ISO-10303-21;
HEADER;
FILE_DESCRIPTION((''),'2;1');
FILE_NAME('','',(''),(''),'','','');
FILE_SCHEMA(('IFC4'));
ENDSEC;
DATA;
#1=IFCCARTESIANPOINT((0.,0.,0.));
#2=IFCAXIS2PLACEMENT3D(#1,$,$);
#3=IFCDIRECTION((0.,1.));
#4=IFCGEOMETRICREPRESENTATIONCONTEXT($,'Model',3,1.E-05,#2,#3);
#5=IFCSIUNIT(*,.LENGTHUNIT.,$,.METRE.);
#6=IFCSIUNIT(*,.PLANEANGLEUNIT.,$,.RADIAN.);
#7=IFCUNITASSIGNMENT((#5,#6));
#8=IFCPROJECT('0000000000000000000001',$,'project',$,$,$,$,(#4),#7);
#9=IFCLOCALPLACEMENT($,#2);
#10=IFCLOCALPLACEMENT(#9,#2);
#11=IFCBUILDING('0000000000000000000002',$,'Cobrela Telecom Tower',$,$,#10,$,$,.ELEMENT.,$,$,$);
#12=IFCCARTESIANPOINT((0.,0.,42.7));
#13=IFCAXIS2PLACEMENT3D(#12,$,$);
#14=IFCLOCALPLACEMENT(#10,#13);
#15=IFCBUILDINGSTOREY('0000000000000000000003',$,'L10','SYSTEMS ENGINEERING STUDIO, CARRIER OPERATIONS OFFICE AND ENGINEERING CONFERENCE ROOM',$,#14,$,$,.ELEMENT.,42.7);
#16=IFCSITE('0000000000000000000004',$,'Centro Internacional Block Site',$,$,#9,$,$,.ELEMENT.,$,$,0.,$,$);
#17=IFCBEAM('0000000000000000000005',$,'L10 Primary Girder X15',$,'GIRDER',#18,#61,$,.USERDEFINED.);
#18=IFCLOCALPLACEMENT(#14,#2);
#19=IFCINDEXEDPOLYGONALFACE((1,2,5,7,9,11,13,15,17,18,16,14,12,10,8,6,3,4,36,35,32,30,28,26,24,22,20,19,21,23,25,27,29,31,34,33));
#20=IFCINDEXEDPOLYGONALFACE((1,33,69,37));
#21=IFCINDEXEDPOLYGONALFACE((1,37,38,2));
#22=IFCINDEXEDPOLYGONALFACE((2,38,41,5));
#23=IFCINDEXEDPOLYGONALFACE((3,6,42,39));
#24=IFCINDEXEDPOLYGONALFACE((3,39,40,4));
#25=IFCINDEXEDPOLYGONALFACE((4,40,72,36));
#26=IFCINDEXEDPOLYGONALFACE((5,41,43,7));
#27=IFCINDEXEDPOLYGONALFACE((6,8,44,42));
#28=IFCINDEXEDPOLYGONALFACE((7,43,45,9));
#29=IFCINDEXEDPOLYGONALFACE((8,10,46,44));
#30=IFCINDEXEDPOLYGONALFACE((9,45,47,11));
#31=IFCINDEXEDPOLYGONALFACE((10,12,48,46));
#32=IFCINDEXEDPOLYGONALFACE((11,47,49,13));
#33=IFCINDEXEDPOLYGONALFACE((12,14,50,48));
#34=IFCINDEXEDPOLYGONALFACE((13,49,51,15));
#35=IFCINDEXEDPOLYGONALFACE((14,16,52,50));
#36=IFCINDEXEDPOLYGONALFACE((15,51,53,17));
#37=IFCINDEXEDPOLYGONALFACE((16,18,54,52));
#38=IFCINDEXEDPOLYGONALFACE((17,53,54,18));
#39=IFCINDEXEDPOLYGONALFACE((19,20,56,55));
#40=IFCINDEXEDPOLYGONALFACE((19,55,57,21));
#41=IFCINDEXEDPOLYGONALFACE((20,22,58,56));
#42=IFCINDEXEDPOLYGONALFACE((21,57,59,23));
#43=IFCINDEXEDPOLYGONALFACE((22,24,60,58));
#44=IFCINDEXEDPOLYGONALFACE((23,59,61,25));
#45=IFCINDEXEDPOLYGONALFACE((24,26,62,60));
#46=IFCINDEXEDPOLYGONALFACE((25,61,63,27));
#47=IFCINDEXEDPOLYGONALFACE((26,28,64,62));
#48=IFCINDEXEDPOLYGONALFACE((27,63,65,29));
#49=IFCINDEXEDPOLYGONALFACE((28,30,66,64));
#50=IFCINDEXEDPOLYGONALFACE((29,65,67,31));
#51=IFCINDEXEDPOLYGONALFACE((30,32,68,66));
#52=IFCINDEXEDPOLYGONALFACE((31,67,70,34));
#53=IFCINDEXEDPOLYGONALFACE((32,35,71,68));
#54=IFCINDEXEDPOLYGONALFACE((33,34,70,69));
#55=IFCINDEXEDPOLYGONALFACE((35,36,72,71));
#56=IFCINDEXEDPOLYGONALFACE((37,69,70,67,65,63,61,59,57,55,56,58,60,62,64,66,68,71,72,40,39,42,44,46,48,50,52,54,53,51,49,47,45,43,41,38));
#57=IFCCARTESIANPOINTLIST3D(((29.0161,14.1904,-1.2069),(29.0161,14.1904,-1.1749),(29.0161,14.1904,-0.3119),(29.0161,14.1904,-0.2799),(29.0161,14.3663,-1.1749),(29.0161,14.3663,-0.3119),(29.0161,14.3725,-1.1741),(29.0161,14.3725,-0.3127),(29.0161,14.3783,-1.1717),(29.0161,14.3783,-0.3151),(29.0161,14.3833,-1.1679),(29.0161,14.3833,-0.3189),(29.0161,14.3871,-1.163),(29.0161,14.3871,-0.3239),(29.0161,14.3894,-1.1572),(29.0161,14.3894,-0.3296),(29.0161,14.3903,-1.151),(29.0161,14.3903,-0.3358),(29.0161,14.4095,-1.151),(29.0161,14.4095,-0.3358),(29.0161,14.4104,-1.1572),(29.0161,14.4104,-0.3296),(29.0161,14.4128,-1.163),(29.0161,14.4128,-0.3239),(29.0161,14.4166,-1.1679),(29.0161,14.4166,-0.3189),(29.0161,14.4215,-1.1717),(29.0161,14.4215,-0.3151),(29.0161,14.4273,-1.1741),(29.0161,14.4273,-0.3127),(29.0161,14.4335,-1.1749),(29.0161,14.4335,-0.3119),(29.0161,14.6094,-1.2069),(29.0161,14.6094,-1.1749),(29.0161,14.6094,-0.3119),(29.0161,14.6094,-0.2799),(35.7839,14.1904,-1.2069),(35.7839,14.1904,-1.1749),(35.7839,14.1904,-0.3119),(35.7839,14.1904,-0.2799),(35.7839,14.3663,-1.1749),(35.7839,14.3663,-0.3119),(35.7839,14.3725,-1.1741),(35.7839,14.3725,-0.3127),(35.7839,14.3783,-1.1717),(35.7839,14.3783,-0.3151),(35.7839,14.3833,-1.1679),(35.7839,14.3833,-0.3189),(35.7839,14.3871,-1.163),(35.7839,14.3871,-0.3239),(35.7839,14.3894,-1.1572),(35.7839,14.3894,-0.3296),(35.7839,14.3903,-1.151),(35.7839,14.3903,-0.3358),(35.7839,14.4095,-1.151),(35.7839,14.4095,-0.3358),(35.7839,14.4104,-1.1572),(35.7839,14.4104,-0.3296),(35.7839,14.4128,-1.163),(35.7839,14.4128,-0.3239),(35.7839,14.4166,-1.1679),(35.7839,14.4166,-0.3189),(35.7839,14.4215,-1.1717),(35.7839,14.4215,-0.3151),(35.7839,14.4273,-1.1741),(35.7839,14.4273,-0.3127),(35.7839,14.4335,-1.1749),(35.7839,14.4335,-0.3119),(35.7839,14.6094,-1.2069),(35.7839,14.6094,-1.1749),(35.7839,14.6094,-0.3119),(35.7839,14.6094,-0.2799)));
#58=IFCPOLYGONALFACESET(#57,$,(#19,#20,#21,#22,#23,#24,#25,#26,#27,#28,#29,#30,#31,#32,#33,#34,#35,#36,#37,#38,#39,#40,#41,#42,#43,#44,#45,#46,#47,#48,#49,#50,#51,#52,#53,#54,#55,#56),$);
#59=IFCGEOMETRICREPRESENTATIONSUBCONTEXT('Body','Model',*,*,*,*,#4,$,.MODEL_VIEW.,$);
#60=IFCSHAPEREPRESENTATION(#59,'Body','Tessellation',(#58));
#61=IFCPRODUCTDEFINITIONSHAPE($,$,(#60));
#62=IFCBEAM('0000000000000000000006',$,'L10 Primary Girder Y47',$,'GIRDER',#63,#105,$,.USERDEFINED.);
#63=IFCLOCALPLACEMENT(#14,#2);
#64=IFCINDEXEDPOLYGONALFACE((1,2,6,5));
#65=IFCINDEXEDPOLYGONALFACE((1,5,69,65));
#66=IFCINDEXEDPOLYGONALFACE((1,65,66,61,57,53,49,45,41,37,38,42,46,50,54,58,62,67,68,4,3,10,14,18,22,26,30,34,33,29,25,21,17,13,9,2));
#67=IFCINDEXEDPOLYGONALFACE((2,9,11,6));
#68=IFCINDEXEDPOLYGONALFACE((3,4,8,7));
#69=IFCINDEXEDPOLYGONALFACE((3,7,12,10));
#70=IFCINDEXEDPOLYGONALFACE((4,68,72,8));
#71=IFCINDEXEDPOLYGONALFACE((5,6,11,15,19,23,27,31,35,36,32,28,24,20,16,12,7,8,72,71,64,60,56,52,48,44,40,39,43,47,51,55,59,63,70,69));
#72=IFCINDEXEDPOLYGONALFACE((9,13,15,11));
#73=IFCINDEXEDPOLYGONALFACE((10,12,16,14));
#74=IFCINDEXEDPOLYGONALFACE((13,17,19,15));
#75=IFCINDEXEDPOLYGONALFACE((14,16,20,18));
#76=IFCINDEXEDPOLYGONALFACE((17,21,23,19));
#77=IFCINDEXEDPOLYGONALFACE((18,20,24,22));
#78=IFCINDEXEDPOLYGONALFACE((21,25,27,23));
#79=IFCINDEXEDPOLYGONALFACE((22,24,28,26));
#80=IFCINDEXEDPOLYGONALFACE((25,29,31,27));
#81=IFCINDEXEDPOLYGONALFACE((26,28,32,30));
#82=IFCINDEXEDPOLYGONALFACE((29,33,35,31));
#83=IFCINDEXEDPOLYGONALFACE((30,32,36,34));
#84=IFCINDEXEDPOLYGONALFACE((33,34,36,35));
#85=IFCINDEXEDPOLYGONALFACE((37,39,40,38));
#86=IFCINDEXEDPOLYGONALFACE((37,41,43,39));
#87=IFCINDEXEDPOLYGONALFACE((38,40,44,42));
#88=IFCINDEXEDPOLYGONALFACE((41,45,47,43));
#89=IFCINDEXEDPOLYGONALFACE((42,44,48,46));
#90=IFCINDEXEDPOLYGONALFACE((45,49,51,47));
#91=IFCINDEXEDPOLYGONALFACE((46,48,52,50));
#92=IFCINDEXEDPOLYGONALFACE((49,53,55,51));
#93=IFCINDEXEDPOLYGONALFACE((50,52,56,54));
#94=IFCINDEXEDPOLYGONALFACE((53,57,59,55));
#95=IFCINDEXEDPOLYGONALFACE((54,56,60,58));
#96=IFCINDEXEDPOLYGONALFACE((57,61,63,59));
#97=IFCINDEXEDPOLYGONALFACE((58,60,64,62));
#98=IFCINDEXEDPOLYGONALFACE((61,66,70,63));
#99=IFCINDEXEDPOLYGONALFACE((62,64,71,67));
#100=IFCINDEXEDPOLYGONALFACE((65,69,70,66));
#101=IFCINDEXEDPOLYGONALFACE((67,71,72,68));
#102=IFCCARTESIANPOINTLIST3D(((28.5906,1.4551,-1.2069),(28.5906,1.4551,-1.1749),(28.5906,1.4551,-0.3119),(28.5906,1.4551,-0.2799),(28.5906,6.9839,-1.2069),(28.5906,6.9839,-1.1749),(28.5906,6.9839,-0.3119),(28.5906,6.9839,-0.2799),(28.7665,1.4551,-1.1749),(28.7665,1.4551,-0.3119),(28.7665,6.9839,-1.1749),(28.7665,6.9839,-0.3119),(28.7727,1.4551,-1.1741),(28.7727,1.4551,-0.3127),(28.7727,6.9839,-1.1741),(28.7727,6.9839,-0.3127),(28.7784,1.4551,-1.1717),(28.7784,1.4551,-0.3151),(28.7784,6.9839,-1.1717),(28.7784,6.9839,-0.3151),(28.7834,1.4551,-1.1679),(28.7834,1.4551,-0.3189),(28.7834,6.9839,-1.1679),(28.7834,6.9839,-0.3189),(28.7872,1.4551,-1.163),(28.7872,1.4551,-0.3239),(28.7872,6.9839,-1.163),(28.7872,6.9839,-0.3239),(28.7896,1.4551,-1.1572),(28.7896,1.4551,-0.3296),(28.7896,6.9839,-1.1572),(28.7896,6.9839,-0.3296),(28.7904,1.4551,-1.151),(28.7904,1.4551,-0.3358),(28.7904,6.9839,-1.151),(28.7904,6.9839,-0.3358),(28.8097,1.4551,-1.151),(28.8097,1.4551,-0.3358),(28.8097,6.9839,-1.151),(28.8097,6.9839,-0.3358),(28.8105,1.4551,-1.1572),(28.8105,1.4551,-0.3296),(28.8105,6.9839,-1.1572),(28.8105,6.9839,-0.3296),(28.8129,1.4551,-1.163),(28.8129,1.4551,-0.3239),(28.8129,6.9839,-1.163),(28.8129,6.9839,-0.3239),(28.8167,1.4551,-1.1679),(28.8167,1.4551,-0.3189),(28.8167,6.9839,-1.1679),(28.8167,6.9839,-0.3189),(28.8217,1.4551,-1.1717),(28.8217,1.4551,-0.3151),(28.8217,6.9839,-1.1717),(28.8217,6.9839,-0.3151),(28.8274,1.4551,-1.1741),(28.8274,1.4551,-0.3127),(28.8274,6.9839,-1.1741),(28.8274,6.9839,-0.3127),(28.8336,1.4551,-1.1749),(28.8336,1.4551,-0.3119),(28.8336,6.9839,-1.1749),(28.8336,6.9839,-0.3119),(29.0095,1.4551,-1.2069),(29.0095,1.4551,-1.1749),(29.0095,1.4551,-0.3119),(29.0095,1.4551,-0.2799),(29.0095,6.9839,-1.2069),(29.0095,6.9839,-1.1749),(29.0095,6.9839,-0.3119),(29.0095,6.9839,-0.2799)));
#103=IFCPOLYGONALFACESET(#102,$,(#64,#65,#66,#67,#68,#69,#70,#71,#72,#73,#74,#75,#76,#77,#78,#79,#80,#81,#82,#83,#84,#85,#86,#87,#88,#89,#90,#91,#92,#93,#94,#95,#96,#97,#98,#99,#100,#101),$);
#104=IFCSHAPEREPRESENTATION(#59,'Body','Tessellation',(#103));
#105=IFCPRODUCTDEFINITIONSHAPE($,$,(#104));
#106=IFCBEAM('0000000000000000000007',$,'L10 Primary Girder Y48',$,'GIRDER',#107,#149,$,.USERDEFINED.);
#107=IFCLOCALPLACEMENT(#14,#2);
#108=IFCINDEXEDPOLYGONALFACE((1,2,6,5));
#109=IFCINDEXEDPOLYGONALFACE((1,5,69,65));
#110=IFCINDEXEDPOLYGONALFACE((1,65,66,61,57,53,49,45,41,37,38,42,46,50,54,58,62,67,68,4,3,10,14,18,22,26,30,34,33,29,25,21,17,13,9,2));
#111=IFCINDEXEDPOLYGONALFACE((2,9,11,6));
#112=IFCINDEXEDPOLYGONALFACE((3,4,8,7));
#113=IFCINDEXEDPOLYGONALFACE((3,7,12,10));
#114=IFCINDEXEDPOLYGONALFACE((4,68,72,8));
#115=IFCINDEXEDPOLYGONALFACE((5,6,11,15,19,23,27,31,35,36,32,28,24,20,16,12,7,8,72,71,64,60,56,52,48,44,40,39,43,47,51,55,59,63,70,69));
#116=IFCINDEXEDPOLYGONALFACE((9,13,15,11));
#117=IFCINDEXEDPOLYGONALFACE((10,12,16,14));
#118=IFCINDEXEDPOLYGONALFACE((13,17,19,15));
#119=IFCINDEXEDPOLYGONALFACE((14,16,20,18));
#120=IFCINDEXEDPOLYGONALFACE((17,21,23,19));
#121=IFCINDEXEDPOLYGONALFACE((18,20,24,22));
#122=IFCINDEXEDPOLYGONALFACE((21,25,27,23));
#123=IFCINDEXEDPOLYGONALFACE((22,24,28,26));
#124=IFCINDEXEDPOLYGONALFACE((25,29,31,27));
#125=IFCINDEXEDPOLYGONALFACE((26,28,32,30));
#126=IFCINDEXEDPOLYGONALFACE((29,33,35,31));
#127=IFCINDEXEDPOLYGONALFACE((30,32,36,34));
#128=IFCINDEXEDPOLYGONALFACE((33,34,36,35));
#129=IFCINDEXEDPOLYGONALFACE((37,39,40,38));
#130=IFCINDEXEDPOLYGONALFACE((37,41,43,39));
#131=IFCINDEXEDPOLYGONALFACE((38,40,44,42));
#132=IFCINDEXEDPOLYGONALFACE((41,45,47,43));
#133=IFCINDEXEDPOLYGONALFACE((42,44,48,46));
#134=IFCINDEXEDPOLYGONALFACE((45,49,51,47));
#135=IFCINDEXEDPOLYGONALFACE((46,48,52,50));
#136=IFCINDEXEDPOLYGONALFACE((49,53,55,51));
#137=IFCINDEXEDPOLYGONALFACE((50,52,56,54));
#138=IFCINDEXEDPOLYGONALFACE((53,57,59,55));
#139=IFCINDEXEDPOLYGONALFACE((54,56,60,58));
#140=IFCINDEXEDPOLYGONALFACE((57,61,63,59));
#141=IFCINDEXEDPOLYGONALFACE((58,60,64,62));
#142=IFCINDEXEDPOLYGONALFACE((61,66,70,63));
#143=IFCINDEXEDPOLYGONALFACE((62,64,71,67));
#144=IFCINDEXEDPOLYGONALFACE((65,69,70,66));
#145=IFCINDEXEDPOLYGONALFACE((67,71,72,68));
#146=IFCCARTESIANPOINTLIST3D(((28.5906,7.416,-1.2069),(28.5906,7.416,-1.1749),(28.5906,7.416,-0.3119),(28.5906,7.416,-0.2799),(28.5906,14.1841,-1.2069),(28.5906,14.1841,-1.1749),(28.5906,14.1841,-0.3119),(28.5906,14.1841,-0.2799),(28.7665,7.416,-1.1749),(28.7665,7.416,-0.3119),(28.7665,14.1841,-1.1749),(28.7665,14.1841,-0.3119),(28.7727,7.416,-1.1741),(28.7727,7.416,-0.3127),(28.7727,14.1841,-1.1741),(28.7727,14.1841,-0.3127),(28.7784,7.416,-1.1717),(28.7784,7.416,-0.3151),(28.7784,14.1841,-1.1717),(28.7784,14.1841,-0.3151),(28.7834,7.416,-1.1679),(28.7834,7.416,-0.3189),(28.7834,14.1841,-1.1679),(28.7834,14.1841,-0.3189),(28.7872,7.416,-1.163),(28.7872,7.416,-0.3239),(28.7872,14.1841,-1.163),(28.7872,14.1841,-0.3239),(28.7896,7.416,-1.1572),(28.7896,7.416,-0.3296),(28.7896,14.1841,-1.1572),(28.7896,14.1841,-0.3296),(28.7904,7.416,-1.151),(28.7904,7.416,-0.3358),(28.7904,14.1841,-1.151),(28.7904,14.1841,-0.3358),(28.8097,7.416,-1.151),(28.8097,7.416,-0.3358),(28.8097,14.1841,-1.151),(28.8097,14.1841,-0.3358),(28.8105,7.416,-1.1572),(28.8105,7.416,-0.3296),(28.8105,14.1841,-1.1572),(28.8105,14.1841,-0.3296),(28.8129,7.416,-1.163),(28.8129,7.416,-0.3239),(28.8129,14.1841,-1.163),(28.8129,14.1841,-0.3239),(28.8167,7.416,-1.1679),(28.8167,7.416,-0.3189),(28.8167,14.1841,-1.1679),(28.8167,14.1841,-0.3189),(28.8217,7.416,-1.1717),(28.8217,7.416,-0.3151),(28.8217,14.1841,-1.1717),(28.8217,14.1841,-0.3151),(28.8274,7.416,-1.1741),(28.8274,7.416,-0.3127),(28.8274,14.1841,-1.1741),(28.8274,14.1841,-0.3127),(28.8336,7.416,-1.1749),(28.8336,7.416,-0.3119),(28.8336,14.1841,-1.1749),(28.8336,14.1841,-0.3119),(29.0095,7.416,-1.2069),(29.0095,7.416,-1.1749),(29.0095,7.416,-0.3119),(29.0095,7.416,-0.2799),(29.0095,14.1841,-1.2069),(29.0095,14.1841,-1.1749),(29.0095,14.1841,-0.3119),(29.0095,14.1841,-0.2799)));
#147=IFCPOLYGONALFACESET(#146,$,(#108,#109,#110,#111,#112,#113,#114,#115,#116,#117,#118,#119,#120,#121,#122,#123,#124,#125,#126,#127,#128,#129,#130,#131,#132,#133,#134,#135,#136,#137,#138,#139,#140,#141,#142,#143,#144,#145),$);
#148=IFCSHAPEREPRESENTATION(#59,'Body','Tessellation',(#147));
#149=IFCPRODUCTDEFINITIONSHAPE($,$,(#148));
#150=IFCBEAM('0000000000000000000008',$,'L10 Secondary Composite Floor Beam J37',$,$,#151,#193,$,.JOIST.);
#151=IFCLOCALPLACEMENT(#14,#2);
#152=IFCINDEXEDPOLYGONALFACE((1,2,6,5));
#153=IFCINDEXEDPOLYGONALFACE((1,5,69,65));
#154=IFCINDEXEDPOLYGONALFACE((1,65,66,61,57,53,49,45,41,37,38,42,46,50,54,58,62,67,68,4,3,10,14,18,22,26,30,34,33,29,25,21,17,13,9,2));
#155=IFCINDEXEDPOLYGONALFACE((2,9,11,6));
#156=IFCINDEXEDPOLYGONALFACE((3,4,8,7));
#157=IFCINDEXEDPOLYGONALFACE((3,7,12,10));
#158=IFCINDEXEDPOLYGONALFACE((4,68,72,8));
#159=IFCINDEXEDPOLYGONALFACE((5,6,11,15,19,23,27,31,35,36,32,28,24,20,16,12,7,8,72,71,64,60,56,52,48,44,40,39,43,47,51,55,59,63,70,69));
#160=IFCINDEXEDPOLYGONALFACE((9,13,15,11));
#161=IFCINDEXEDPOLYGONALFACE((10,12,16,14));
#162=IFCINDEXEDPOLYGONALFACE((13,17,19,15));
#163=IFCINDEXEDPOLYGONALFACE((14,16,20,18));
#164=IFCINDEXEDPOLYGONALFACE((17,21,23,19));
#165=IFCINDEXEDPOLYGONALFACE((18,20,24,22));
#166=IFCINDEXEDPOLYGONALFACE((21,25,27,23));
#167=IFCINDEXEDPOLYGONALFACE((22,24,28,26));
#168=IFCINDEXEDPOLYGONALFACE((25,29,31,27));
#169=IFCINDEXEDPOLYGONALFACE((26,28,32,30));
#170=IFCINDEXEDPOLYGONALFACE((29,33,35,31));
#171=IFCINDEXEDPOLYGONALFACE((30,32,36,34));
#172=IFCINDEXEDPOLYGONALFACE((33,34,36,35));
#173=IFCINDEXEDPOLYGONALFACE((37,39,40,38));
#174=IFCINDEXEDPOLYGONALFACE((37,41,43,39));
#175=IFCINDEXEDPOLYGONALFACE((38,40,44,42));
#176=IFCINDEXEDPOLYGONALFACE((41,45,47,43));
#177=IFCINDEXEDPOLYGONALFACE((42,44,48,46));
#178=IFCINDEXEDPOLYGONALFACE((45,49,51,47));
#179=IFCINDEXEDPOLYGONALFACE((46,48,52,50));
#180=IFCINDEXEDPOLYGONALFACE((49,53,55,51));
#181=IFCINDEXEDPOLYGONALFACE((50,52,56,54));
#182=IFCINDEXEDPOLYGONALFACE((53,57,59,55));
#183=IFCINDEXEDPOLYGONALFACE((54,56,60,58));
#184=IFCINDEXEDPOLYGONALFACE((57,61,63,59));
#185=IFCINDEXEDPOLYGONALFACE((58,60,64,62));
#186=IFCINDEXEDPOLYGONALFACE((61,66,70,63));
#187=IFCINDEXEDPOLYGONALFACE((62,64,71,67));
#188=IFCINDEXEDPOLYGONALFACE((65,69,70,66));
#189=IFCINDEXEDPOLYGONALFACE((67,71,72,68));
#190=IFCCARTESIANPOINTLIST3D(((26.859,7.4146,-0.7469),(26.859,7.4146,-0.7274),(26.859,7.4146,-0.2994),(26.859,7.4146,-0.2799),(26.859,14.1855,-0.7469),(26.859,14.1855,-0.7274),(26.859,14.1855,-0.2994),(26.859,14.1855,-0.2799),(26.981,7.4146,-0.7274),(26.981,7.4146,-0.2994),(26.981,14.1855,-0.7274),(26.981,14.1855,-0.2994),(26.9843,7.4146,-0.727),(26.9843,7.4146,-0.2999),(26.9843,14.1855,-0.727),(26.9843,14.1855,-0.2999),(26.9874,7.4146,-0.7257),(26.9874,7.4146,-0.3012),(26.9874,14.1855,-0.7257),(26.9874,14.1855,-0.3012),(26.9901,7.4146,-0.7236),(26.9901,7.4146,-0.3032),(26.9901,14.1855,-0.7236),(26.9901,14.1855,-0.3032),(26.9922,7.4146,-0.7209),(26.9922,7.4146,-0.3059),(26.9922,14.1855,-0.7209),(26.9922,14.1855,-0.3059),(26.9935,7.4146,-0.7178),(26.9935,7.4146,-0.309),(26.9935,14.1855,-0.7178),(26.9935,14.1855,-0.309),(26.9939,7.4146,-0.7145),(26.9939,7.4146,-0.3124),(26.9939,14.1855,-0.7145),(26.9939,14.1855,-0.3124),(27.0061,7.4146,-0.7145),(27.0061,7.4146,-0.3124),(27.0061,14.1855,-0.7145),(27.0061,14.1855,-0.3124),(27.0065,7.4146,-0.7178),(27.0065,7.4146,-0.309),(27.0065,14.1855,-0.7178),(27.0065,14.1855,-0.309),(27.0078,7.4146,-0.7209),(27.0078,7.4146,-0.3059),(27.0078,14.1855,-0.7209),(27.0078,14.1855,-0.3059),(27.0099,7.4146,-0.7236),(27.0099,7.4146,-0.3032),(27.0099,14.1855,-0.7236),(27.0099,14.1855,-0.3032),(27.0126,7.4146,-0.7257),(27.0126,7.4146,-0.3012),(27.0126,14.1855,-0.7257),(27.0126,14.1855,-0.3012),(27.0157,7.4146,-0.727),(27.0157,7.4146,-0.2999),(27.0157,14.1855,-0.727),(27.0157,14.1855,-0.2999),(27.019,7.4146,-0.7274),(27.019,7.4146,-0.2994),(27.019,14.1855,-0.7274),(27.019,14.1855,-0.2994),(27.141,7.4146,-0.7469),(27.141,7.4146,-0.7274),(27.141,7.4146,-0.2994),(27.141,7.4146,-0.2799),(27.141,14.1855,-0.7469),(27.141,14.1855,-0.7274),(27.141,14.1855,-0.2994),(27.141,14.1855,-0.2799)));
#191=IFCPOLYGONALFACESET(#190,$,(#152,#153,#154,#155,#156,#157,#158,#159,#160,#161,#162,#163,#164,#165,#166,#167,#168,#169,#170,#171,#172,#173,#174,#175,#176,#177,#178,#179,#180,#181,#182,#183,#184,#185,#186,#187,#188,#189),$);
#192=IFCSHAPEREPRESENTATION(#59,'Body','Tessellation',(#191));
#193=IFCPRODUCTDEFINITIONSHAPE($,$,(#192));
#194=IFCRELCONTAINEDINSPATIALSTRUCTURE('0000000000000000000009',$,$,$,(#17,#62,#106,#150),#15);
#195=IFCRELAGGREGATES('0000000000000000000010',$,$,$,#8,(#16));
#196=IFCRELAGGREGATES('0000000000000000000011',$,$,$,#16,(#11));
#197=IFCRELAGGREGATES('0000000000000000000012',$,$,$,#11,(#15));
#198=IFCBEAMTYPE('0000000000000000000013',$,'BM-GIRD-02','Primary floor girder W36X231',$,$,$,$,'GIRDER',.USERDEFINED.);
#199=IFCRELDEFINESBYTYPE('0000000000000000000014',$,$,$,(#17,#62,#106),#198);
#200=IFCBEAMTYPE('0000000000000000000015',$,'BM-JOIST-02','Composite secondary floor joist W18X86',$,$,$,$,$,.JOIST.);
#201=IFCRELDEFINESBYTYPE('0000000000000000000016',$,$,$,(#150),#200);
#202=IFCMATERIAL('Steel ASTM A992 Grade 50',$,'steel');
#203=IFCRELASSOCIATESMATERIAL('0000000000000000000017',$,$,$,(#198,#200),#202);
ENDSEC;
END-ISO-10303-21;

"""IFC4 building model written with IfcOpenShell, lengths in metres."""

from ifc_helpers import new_model, si_unit, direction, frame, origin, origin_2d, place, context, subcontext, project, spatial, i_section, extrude, material, material_profile, profile_set, type_object, element, save


model = new_model("IFC4")

# Units and contexts
model_context = context("Model", 3, precision=1e-05, world=origin(), true_north=direction((0.0, 1.0)))
body_context = subcontext(model_context, "Body", "Model", "MODEL_VIEW")
ifc_project = project(units=[si_unit("LENGTHUNIT", "METRE"), si_unit("PLANEANGLEUNIT", "RADIAN")], contexts=[model_context])

# Site, building, storey
site_placement = place(None, origin())
site = spatial("IfcSite", under=ifc_project, at=site_placement, Name="Centro Internacional Block Site", CompositionType="ELEMENT", RefElevation=0.0)
building_placement = place(site_placement, origin())
building = spatial("IfcBuilding", under=site, at=building_placement, Name="Cobrela Telecom Tower", CompositionType="ELEMENT")
storey_placement = place(building_placement, frame((0.0, 0.0, 42.7)))
storey = spatial("IfcBuildingStorey", under=building, at=storey_placement, Name="L10", Description="SYSTEMS ENGINEERING STUDIO, CARRIER OPERATIONS OFFICE AND ENGINEERING CONFERENCE ROOM", CompositionType="ELEMENT", Elevation=42.7)

# Shared definitions
ifc_material_1 = material(Name="Steel ASTM A992 Grade 50", Category="steel")

# Beams
ifc_material_profile_1 = material_profile(ifc_material_1, i_section(OverallWidth=0.4189, OverallDepth=0.927, WebThickness=0.0193, FlangeThickness=0.032, FilletRadius=0.0239, at=origin_2d()), Name="W36X231")
ifc_profile_set_1 = profile_set([ifc_material_profile_1], Name="Steel ASTM A992 Grade 50")
beam_type_1 = type_object("IfcBeamType", Name="BM-GIRD-02", Description="Primary floor girder W36X231", ElementType="GIRDER", PredefinedType="USERDEFINED", material=ifc_profile_set_1)
for number, where, z_axis, x_axis, name in (
    (1, (29.0161, 14.3999, -0.7434), (1.0, 0.0, 0.0), (0.0, 1.0, 0.0), "L10 Primary Girder X15"),
):
    element("IfcBeam", number, at=place(storey_placement, frame(where, z_axis=z_axis, x_axis=x_axis)), inside=storey, type_object=beam_type_1, Name=name, ObjectType="GIRDER", PredefinedType="USERDEFINED", context=body_context, shape_type="SweptSolid", body=[
        extrude(i_section(OverallWidth=0.4189, OverallDepth=0.927, WebThickness=0.0193, FlangeThickness=0.032, FilletRadius=0.0239, at=origin_2d()), origin(), (0.0, 0.0, 1.0), 6.7678),
    ])
beam_1_placement = place(storey_placement, frame((28.8, 1.4551, -0.7434), z_axis=(0.0, 1.0, 0.0), x_axis=(-1.0, 0.0, 0.0)))
element("IfcBeam", 2, at=beam_1_placement, inside=storey, type_object=beam_type_1, Name="L10 Primary Girder Y47", ObjectType="GIRDER", PredefinedType="USERDEFINED", context=body_context, shape_type="SweptSolid", body=[
    extrude(i_section(OverallWidth=0.4189, OverallDepth=0.927, WebThickness=0.0193, FlangeThickness=0.032, FilletRadius=0.0239, at=origin_2d()), origin(), (0.0, 0.0, 1.0), 5.5288),
])
beam_2_placement = place(storey_placement, frame((28.8, 7.416, -0.7434), z_axis=(0.0, 1.0, 0.0), x_axis=(-1.0, 0.0, 0.0)))
element("IfcBeam", 3, at=beam_2_placement, inside=storey, type_object=beam_type_1, Name="L10 Primary Girder Y48", ObjectType="GIRDER", PredefinedType="USERDEFINED", context=body_context, shape_type="SweptSolid", body=[
    extrude(i_section(OverallWidth=0.4189, OverallDepth=0.927, WebThickness=0.0193, FlangeThickness=0.032, FilletRadius=0.0239, at=origin_2d()), origin(), (0.0, 0.0, 1.0), 6.7681),
])
ifc_material_profile_2 = material_profile(ifc_material_1, i_section(OverallWidth=0.282, OverallDepth=0.467, WebThickness=0.0122, FlangeThickness=0.0195, FilletRadius=0.0129, at=origin_2d()), Name="W18X86")
ifc_profile_set_2 = profile_set([ifc_material_profile_2], Name="Steel ASTM A992 Grade 50")
beam_type_2 = type_object("IfcBeamType", Name="BM-JOIST-02", Description="Composite secondary floor joist W18X86", PredefinedType="JOIST", material=ifc_profile_set_2)
beam_3_placement = place(storey_placement, frame((27.0, 7.4146, -0.5134), z_axis=(0.0, 1.0, 0.0), x_axis=(-1.0, 0.0, 0.0)))
element("IfcBeam", 4, at=beam_3_placement, inside=storey, type_object=beam_type_2, Name="L10 Secondary Composite Floor Beam J37", PredefinedType="JOIST", context=body_context, shape_type="SweptSolid", body=[
    extrude(i_section(OverallWidth=0.282, OverallDepth=0.467, WebThickness=0.0122, FlangeThickness=0.0195, FilletRadius=0.0129, at=origin_2d()), origin(), (0.0, 0.0, 1.0), 6.771),
])

save(model, "model.ifc")
